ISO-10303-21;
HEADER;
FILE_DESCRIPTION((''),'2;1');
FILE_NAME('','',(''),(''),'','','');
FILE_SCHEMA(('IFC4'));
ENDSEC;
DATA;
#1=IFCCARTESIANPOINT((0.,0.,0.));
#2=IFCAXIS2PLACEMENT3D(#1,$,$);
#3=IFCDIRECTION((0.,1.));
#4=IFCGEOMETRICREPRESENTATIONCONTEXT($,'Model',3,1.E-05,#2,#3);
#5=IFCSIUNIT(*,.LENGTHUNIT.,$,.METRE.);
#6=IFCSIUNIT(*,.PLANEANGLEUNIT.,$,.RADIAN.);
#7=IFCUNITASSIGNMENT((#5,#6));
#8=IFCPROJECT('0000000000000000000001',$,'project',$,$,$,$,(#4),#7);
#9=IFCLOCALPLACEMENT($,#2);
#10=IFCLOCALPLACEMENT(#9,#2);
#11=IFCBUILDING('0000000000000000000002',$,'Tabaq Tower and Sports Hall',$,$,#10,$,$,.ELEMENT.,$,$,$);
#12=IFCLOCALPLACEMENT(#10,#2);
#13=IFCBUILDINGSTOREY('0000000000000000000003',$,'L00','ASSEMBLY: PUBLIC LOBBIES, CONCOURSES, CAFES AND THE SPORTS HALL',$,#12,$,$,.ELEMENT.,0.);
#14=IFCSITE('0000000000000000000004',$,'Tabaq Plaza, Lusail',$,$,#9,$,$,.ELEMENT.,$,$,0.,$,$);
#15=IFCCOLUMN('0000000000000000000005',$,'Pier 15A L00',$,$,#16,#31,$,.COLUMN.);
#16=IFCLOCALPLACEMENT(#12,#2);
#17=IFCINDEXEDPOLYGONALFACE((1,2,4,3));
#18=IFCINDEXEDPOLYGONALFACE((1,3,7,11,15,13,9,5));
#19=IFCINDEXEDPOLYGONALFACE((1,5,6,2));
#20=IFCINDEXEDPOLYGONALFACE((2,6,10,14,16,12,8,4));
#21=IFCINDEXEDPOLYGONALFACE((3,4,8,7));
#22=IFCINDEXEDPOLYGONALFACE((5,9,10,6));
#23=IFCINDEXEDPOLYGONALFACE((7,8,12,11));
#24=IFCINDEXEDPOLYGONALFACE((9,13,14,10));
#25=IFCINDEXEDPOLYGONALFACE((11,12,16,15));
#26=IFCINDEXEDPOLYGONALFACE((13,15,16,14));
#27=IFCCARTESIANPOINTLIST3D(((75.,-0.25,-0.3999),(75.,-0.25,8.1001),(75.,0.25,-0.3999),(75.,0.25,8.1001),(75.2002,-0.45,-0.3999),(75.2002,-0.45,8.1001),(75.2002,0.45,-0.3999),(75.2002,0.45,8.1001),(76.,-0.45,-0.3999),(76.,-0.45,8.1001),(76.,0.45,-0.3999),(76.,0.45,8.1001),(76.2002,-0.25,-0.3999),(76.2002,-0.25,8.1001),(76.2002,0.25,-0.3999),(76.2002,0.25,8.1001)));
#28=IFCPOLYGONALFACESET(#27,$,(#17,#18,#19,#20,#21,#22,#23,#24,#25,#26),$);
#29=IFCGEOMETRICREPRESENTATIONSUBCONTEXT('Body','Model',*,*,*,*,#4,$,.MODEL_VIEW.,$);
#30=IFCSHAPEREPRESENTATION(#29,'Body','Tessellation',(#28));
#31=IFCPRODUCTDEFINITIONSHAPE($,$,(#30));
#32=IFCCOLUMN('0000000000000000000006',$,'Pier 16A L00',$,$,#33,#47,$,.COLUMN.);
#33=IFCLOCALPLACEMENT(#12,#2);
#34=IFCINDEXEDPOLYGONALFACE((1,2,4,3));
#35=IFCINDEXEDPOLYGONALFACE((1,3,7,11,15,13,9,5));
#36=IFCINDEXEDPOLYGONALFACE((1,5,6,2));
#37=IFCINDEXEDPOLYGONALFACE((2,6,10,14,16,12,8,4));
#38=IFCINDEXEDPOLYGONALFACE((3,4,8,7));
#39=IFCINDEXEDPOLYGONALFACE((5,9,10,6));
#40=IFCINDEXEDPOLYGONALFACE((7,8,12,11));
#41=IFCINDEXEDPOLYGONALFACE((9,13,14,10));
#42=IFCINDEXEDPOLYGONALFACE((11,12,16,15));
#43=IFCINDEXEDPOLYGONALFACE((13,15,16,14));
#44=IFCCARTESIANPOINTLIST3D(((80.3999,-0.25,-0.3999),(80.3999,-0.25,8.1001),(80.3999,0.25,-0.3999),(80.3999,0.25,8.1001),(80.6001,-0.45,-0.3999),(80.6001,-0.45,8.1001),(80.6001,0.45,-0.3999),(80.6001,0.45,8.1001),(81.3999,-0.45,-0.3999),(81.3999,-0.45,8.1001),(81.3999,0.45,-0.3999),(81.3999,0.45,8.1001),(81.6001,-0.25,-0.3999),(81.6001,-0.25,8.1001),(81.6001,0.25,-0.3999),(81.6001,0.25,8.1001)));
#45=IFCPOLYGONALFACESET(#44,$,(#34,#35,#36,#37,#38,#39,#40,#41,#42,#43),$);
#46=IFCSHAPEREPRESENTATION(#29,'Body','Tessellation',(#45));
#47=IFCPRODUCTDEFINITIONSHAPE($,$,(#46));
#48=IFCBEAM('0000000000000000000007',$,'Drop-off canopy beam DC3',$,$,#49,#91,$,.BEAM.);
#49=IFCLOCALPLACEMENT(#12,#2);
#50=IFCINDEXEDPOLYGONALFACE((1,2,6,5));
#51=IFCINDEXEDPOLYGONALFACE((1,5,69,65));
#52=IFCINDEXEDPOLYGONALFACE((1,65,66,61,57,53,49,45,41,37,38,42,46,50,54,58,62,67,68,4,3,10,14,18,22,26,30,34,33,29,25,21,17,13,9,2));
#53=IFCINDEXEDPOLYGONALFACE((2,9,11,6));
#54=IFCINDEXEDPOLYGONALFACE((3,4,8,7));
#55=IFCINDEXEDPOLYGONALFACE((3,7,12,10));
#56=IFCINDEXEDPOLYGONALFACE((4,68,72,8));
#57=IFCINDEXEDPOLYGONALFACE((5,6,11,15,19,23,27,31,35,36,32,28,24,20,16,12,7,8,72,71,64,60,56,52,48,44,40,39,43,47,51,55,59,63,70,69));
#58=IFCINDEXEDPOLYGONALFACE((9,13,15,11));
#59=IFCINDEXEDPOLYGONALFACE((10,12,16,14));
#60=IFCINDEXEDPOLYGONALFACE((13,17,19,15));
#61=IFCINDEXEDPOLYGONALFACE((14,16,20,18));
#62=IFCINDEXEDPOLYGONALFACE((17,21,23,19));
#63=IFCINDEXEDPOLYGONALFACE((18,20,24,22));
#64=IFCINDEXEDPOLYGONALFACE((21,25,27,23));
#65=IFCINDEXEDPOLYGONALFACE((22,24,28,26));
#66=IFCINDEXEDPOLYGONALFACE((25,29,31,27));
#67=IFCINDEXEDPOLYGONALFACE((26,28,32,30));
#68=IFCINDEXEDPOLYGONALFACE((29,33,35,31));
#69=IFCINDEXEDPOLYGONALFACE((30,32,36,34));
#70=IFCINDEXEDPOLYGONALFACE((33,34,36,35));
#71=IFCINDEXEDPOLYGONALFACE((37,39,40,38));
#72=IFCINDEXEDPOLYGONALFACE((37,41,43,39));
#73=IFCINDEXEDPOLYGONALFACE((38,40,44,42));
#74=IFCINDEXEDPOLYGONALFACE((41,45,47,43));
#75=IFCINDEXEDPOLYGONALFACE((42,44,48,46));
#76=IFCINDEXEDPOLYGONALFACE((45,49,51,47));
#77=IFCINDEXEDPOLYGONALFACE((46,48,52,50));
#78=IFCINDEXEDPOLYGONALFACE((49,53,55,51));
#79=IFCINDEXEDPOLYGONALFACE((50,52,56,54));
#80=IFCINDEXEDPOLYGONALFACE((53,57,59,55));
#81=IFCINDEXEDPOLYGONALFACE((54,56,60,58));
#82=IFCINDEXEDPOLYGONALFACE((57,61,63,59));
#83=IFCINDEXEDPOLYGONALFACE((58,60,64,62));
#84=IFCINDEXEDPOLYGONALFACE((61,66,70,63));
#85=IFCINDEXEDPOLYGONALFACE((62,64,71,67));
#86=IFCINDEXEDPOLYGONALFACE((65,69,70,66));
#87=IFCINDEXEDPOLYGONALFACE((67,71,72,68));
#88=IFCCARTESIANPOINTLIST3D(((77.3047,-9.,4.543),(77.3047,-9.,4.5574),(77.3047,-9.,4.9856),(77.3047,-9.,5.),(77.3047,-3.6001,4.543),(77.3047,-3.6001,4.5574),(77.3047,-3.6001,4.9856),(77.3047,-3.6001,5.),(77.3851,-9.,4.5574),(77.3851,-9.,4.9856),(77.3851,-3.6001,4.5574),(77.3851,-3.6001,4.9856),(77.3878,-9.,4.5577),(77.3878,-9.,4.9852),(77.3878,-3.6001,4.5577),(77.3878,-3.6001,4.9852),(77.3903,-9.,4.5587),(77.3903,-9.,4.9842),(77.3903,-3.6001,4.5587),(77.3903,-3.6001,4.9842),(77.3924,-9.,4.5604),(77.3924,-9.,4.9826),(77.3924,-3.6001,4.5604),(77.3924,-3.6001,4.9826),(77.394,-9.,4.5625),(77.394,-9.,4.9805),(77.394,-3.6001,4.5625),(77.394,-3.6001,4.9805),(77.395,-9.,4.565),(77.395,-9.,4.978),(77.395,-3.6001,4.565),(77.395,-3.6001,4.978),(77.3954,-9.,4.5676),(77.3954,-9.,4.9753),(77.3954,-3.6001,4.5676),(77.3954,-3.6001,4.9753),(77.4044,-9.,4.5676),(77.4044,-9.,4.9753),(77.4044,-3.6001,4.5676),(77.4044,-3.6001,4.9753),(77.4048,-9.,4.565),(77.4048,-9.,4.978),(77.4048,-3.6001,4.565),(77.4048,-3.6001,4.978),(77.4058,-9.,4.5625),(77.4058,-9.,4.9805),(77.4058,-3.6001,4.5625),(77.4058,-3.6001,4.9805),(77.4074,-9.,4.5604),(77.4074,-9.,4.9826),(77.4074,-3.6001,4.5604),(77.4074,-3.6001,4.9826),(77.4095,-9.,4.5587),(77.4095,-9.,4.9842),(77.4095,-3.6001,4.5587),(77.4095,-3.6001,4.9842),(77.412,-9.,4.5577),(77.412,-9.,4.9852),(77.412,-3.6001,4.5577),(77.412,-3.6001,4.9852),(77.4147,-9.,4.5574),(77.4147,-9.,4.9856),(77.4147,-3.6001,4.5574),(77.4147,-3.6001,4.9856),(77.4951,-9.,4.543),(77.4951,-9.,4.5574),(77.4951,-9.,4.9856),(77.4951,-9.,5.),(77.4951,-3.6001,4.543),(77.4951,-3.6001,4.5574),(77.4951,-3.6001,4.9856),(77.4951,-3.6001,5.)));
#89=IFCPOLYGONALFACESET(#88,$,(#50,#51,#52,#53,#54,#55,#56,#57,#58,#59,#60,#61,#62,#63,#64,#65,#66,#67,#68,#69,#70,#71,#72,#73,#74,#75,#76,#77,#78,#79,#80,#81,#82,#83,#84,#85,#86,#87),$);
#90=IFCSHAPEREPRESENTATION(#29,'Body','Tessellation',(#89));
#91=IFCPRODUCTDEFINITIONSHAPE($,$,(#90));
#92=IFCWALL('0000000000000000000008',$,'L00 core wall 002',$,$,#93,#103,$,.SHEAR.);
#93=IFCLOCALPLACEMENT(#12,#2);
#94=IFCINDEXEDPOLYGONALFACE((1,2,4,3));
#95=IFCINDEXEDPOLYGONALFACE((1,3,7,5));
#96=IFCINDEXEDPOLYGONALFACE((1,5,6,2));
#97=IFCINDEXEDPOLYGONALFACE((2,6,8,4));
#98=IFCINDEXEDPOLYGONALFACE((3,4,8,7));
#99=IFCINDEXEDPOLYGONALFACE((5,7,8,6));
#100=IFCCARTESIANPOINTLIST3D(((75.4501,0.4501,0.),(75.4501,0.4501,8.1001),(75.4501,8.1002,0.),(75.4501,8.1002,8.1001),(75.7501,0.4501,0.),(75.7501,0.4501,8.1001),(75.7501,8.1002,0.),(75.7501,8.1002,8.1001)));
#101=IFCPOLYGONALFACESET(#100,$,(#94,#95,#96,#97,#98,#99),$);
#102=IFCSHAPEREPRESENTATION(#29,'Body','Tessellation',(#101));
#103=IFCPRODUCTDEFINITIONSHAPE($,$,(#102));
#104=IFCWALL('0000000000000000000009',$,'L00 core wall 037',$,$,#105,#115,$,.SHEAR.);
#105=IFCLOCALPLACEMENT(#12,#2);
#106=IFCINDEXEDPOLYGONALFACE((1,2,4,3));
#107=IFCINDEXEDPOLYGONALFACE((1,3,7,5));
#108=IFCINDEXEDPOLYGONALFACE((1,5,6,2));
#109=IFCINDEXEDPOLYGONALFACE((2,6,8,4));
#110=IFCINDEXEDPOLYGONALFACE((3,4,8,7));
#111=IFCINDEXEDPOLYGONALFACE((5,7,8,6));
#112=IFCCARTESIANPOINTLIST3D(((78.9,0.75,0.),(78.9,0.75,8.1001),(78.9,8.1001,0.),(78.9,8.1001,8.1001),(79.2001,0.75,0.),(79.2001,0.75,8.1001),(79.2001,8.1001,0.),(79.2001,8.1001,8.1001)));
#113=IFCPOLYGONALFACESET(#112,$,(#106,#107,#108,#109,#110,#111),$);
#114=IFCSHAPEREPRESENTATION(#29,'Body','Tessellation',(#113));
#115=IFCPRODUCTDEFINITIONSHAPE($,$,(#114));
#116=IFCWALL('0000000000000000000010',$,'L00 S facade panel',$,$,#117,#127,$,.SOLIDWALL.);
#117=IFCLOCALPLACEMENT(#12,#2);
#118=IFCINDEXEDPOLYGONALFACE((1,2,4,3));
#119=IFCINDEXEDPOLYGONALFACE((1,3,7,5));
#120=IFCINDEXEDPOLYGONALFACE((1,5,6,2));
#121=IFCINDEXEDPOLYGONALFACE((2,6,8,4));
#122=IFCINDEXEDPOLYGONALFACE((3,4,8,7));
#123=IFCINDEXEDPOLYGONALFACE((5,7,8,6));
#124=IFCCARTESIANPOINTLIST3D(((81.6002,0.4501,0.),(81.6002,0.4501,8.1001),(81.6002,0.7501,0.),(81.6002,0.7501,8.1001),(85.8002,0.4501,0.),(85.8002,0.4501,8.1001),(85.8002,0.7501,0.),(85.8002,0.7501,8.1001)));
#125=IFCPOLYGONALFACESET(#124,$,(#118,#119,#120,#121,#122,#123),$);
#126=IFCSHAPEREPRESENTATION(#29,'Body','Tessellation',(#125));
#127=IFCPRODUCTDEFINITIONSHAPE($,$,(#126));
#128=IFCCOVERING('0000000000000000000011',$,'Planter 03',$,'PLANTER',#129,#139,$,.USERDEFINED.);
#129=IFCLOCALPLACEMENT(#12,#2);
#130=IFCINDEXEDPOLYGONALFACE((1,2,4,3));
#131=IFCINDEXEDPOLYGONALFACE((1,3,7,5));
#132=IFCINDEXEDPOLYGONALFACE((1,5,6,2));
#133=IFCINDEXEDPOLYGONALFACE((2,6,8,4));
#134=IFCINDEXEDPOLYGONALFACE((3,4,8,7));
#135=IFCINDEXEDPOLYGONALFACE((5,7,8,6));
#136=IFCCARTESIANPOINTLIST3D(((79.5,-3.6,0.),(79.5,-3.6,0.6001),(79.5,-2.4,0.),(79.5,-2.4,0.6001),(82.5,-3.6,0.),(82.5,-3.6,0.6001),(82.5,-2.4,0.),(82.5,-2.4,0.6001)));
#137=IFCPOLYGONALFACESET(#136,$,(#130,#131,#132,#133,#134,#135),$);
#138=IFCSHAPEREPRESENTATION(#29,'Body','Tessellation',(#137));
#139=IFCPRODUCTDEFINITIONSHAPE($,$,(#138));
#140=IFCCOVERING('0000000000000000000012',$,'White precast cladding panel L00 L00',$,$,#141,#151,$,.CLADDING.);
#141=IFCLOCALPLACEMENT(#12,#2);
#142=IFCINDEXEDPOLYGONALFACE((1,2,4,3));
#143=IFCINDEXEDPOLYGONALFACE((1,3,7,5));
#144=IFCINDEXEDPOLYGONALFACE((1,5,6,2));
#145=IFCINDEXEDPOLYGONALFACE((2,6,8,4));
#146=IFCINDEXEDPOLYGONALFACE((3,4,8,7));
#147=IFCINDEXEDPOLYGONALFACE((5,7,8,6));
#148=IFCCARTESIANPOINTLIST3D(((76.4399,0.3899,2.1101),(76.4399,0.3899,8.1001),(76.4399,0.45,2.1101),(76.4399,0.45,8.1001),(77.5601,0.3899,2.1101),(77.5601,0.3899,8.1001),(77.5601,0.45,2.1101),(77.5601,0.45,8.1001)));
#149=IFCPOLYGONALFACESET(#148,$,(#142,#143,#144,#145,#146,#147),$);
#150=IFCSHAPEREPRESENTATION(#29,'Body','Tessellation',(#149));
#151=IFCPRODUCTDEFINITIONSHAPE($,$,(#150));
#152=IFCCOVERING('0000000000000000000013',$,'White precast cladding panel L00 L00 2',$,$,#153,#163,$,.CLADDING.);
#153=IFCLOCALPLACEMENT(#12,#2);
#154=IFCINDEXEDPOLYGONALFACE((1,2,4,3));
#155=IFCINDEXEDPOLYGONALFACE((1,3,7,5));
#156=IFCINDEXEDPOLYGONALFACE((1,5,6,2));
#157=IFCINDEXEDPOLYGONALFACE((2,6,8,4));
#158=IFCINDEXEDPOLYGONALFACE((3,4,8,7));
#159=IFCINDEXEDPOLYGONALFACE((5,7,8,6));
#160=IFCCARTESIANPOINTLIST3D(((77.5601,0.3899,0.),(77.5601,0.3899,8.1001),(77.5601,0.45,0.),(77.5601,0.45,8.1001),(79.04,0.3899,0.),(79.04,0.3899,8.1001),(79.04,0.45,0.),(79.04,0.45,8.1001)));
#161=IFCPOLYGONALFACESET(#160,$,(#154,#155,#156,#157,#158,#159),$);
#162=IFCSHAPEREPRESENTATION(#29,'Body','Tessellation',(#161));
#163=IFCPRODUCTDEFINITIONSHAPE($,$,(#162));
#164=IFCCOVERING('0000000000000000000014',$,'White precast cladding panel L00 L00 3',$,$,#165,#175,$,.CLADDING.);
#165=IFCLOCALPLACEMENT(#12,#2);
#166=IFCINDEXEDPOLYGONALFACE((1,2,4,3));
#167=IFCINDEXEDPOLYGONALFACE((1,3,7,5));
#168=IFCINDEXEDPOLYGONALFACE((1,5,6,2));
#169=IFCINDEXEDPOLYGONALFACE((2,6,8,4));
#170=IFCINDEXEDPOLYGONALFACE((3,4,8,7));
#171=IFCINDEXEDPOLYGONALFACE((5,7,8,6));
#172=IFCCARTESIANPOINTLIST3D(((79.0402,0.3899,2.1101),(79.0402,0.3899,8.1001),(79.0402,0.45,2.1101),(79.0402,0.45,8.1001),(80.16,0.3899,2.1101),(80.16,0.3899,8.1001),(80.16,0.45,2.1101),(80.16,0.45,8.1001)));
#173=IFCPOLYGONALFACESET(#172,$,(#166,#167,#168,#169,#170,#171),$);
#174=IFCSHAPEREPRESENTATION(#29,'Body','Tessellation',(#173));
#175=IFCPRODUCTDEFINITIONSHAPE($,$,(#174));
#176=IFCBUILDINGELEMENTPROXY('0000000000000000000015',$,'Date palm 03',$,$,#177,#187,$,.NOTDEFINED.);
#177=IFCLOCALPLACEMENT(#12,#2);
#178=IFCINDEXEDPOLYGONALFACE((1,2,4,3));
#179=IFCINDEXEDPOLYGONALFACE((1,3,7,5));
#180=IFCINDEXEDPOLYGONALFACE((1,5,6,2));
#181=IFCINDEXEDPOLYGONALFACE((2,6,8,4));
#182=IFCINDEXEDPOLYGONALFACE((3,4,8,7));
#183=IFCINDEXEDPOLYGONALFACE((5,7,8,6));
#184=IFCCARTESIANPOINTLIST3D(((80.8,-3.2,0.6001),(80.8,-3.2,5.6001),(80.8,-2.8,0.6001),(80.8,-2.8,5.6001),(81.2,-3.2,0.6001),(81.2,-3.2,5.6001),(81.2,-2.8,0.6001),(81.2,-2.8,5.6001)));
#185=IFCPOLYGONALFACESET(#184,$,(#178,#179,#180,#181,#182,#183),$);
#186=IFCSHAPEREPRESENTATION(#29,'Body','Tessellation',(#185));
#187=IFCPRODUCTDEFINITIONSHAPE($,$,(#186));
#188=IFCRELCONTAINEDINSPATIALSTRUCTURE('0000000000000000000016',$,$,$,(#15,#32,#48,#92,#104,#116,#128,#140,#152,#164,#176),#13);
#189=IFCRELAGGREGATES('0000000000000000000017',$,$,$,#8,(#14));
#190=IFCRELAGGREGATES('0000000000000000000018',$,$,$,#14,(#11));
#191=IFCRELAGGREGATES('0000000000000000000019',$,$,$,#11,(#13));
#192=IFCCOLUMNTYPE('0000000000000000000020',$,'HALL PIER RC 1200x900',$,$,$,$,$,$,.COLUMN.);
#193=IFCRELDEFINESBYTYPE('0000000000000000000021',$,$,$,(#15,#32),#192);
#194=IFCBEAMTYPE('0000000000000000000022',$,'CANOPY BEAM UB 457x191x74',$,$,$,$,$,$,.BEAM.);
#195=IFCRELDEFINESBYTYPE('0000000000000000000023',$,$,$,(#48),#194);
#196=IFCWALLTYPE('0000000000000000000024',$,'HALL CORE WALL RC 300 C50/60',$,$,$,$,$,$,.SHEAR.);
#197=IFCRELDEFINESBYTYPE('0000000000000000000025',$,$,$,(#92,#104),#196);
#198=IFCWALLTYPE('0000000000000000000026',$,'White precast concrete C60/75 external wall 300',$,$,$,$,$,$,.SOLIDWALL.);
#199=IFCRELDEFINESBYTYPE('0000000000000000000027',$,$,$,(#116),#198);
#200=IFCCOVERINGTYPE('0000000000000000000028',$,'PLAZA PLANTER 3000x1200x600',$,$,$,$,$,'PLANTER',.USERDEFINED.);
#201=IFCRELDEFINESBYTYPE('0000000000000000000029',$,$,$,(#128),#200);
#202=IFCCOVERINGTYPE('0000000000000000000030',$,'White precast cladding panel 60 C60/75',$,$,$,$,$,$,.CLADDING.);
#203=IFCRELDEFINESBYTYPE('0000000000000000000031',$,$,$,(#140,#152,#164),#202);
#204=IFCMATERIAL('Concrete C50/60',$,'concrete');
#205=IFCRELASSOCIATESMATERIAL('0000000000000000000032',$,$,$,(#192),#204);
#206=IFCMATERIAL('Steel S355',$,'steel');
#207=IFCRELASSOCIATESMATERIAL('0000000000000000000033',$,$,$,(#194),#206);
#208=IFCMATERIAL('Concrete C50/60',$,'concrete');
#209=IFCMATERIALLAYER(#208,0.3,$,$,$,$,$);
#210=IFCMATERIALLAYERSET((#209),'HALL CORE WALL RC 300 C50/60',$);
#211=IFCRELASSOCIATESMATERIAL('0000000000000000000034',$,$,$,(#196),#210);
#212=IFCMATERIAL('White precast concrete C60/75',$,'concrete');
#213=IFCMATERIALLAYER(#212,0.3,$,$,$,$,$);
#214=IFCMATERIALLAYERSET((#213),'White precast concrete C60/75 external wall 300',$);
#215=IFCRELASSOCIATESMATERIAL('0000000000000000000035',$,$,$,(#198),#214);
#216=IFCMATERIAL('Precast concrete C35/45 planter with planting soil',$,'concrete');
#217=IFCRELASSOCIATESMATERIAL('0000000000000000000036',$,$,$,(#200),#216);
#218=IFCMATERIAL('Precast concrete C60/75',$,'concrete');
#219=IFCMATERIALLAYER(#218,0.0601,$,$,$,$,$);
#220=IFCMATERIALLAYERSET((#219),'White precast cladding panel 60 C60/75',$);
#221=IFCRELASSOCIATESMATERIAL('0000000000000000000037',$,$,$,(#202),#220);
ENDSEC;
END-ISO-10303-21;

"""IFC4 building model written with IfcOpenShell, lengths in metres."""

from ifc_helpers import new_model, si_unit, direction, frame, frame_2d, origin, origin_2d, place, context, subcontext, project, spatial, polyline, rectangle, i_section, outline, extrude, material, layer, layer_set, material_profile, profile_set, type_object, element, save


model = new_model("IFC4")

# Units and contexts
model_context = context("Model", 3, precision=1e-05, world=origin(), true_north=direction((0.0, 1.0)))
body_context = subcontext(model_context, "Body", "Model", "MODEL_VIEW")
ifc_project = project(units=[si_unit("LENGTHUNIT", "METRE"), si_unit("PLANEANGLEUNIT", "RADIAN")], contexts=[model_context])

# Site, building, storey
site_placement = place(None, origin())
site = spatial("IfcSite", under=ifc_project, at=site_placement, Name="Tabaq Plaza, Lusail", CompositionType="ELEMENT", RefElevation=0.0)
building_placement = place(site_placement, origin())
building = spatial("IfcBuilding", under=site, at=building_placement, Name="Tabaq Tower and Sports Hall", CompositionType="ELEMENT")
storey_placement = place(building_placement, origin())
storey = spatial("IfcBuildingStorey", under=building, at=storey_placement, Name="L00", Description="ASSEMBLY: PUBLIC LOBBIES, CONCOURSES, CAFES AND THE SPORTS HALL", CompositionType="ELEMENT", Elevation=0.0)

# Columns
ifc_material_1 = material(Name="Concrete C50/60", Category="concrete")
ifc_material_profile_1 = material_profile(ifc_material_1, outline(polyline([(-0.3999, -0.45), (0.3999, -0.45), (0.6001, -0.25), (0.6001, 0.25), (0.3999, 0.45), (-0.3999, 0.45), (-0.6001, 0.25), (-0.6001, -0.25), (-0.3999, -0.45)])), Name="PIER 1200x900")
ifc_profile_set_1 = profile_set([ifc_material_profile_1], Name="Concrete C50/60")
column_type_1 = type_object("IfcColumnType", Name="HALL PIER RC 1200x900", PredefinedType="COLUMN", material=ifc_profile_set_1)
for number, where, z_axis, x_axis, name in (
    (1, (75.6001, 0.0, -0.3999), (0.0, 0.0, 1.0), (1.0, 0.0, 0.0), "Pier 15A L00"),
    (2, (81.0, 0.0, -0.3999), (0.0, 0.0, 1.0), (1.0, 0.0, 0.0), "Pier 16A L00"),
):
    element("IfcColumn", number, at=place(storey_placement, frame(where, z_axis=z_axis, x_axis=x_axis)), inside=storey, type_object=column_type_1, Name=name, PredefinedType="COLUMN", context=body_context, shape_type="SweptSolid", body=[
        extrude(outline(polyline([(-0.3999, -0.45), (0.3999, -0.45), (0.6001, -0.25), (0.6001, 0.25), (0.3999, 0.45), (-0.3999, 0.45), (-0.6001, 0.25), (-0.6001, -0.25), (-0.3999, -0.45)])), origin(), (0.0, 0.0, 1.0), 8.5),
    ])

# Beam
ifc_material_2 = material(Name="Steel S355", Category="steel")
ifc_material_profile_2 = material_profile(ifc_material_2, i_section(OverallWidth=0.1904, OverallDepth=0.457, WebThickness=0.009, FlangeThickness=0.0144, FilletRadius=0.0103, at=origin_2d()), Name="UB 457x191x74")
ifc_profile_set_2 = profile_set([ifc_material_profile_2], Name="Steel S355")
beam_type = type_object("IfcBeamType", Name="CANOPY BEAM UB 457x191x74", PredefinedType="BEAM", material=ifc_profile_set_2)
beam_placement = place(storey_placement, frame((77.3999, -9.0, 4.7715), z_axis=(0.0, 1.0, 0.0), x_axis=(-1.0, 0.0, 0.0)))
element("IfcBeam", 3, at=beam_placement, inside=storey, type_object=beam_type, Name="Drop-off canopy beam DC3", PredefinedType="BEAM", context=body_context, shape_type="SweptSolid", body=[
    extrude(i_section(OverallWidth=0.1904, OverallDepth=0.457, WebThickness=0.009, FlangeThickness=0.0144, FilletRadius=0.0103, at=origin_2d()), origin(), (0.0, 0.0, 1.0), 5.3999),
])

# Walls
ifc_material_3 = material(Name="Concrete C50/60", Category="concrete")
ifc_layer_1 = layer(ifc_material_3, 0.3)
ifc_layer_set_1 = layer_set([ifc_layer_1], Name="HALL CORE WALL RC 300 C50/60")
wall_type_1 = type_object("IfcWallType", Name="HALL CORE WALL RC 300 C50/60", PredefinedType="SHEAR", material=ifc_layer_set_1)
wall_1_placement = place(storey_placement, frame((75.6001, 0.45, 0.0), z_axis=(0.0, 0.0, 1.0), x_axis=(0.0, 1.0, 0.0)))
element("IfcWall", 4, at=wall_1_placement, inside=storey, type_object=wall_type_1, Name="L00 core wall 002", PredefinedType="SHEAR", context=body_context, shape_type="SweptSolid", body=[
    extrude(rectangle(XDim=7.6501, YDim=0.3, at=frame_2d((3.8252, 0.0))), origin(), (0.0, 0.0, 1.0), 8.1001),
])
wall_2_placement = place(storey_placement, frame((79.05, 0.75, 0.0), z_axis=(0.0, 0.0, 1.0), x_axis=(0.0, 1.0, 0.0)))
element("IfcWall", 5, at=wall_2_placement, inside=storey, type_object=wall_type_1, Name="L00 core wall 037", PredefinedType="SHEAR", context=body_context, shape_type="SweptSolid", body=[
    extrude(rectangle(XDim=7.3501, YDim=0.3, at=frame_2d((3.675, 0.0))), origin(), (0.0, 0.0, 1.0), 8.1001),
])

# Shared definitions
ifc_material_4 = material(Name="White precast concrete C60/75", Category="concrete")
ifc_layer_2 = layer(ifc_material_4, 0.3)
ifc_layer_set_2 = layer_set([ifc_layer_2], Name="White precast concrete C60/75 external wall 300")
wall_type_2 = type_object("IfcWallType", Name="White precast concrete C60/75 external wall 300", PredefinedType="SOLIDWALL", material=ifc_layer_set_2)

# Wall
wall_3_placement = place(storey_placement, frame((81.6001, 0.6001, 0.0), z_axis=(0.0, 0.0, 1.0), x_axis=(1.0, 0.0, 0.0)))
element("IfcWall", 6, at=wall_3_placement, inside=storey, type_object=wall_type_2, Name="L00 S facade panel", PredefinedType="SOLIDWALL", context=body_context, shape_type="SweptSolid", body=[
    extrude(rectangle(XDim=4.2, YDim=0.3, at=frame_2d((2.1001, 0.0))), origin(), (0.0, 0.0, 1.0), 8.1001),
])

# Coverings
ifc_material_5 = material(Name="Precast concrete C35/45 planter with planting soil", Category="concrete")
covering_type_1 = type_object("IfcCoveringType", Name="PLAZA PLANTER 3000x1200x600", ElementType="PLANTER", PredefinedType="USERDEFINED", material=ifc_material_5)
covering_1_placement = place(storey_placement, frame((81.0, -3.0, 0.0), z_axis=(0.0, 0.0, 1.0), x_axis=(1.0, 0.0, 0.0)))
element("IfcCovering", 7, at=covering_1_placement, inside=storey, type_object=covering_type_1, Name="Planter 03", ObjectType="PLANTER", PredefinedType="USERDEFINED", context=body_context, shape_type="SweptSolid", body=[
    extrude(rectangle(XDim=3.0, YDim=1.2, at=origin_2d()), origin(), (0.0, 0.0, 1.0), 0.6001),
])
ifc_material_6 = material(Name="Precast concrete C60/75", Category="concrete")
ifc_layer_3 = layer(ifc_material_6, 0.0601)
ifc_layer_set_3 = layer_set([ifc_layer_3], Name="White precast cladding panel 60 C60/75")
covering_type_2 = type_object("IfcCoveringType", Name="White precast cladding panel 60 C60/75", PredefinedType="CLADDING", material=ifc_layer_set_3)
covering_2_placement = place(storey_placement, frame((76.4399, 0.4199, 2.1101), z_axis=(0.0, 0.0, 1.0), x_axis=(1.0, 0.0, 0.0)))
element("IfcCovering", 8, at=covering_2_placement, inside=storey, type_object=covering_type_2, Name="White precast cladding panel L00 L00", PredefinedType="CLADDING", context=body_context, shape_type="SweptSolid", body=[
    extrude(rectangle(XDim=1.1201, YDim=0.0601, at=frame_2d((0.5601, 0.0))), origin(), (0.0, 0.0, 1.0), 5.99),
])
covering_3_placement = place(storey_placement, frame((77.5601, 0.4199, 0.0), z_axis=(0.0, 0.0, 1.0), x_axis=(1.0, 0.0, 0.0)))
element("IfcCovering", 9, at=covering_3_placement, inside=storey, type_object=covering_type_2, Name="White precast cladding panel L00 L00 2", PredefinedType="CLADDING", context=body_context, shape_type="SweptSolid", body=[
    extrude(rectangle(XDim=1.48, YDim=0.0601, at=frame_2d((0.74, 0.0))), origin(), (0.0, 0.0, 1.0), 8.1001),
])
covering_4_placement = place(storey_placement, frame((79.04, 0.4199, 2.1101), z_axis=(0.0, 0.0, 1.0), x_axis=(1.0, 0.0, 0.0)))
element("IfcCovering", 10, at=covering_4_placement, inside=storey, type_object=covering_type_2, Name="White precast cladding panel L00 L00 3", PredefinedType="CLADDING", context=body_context, shape_type="SweptSolid", body=[
    extrude(rectangle(XDim=1.1199, YDim=0.0601, at=frame_2d((0.5601, 0.0))), origin(), (0.0, 0.0, 1.0), 5.99),
])

# Building element proxy
proxy_placement = place(storey_placement, frame((81.0, -3.0, 0.6001), z_axis=(0.0, 0.0, 1.0), x_axis=(1.0, 0.0, 0.0)))
element("IfcBuildingElementProxy", 11, at=proxy_placement, inside=storey, Name="Date palm 03", PredefinedType="NOTDEFINED", context=body_context, shape_type="SweptSolid", body=[
    extrude(rectangle(XDim=0.3999, YDim=0.3999, at=origin_2d()), origin(), (0.0, 0.0, 1.0), 5.0),
])

save(model, "model.ifc")
